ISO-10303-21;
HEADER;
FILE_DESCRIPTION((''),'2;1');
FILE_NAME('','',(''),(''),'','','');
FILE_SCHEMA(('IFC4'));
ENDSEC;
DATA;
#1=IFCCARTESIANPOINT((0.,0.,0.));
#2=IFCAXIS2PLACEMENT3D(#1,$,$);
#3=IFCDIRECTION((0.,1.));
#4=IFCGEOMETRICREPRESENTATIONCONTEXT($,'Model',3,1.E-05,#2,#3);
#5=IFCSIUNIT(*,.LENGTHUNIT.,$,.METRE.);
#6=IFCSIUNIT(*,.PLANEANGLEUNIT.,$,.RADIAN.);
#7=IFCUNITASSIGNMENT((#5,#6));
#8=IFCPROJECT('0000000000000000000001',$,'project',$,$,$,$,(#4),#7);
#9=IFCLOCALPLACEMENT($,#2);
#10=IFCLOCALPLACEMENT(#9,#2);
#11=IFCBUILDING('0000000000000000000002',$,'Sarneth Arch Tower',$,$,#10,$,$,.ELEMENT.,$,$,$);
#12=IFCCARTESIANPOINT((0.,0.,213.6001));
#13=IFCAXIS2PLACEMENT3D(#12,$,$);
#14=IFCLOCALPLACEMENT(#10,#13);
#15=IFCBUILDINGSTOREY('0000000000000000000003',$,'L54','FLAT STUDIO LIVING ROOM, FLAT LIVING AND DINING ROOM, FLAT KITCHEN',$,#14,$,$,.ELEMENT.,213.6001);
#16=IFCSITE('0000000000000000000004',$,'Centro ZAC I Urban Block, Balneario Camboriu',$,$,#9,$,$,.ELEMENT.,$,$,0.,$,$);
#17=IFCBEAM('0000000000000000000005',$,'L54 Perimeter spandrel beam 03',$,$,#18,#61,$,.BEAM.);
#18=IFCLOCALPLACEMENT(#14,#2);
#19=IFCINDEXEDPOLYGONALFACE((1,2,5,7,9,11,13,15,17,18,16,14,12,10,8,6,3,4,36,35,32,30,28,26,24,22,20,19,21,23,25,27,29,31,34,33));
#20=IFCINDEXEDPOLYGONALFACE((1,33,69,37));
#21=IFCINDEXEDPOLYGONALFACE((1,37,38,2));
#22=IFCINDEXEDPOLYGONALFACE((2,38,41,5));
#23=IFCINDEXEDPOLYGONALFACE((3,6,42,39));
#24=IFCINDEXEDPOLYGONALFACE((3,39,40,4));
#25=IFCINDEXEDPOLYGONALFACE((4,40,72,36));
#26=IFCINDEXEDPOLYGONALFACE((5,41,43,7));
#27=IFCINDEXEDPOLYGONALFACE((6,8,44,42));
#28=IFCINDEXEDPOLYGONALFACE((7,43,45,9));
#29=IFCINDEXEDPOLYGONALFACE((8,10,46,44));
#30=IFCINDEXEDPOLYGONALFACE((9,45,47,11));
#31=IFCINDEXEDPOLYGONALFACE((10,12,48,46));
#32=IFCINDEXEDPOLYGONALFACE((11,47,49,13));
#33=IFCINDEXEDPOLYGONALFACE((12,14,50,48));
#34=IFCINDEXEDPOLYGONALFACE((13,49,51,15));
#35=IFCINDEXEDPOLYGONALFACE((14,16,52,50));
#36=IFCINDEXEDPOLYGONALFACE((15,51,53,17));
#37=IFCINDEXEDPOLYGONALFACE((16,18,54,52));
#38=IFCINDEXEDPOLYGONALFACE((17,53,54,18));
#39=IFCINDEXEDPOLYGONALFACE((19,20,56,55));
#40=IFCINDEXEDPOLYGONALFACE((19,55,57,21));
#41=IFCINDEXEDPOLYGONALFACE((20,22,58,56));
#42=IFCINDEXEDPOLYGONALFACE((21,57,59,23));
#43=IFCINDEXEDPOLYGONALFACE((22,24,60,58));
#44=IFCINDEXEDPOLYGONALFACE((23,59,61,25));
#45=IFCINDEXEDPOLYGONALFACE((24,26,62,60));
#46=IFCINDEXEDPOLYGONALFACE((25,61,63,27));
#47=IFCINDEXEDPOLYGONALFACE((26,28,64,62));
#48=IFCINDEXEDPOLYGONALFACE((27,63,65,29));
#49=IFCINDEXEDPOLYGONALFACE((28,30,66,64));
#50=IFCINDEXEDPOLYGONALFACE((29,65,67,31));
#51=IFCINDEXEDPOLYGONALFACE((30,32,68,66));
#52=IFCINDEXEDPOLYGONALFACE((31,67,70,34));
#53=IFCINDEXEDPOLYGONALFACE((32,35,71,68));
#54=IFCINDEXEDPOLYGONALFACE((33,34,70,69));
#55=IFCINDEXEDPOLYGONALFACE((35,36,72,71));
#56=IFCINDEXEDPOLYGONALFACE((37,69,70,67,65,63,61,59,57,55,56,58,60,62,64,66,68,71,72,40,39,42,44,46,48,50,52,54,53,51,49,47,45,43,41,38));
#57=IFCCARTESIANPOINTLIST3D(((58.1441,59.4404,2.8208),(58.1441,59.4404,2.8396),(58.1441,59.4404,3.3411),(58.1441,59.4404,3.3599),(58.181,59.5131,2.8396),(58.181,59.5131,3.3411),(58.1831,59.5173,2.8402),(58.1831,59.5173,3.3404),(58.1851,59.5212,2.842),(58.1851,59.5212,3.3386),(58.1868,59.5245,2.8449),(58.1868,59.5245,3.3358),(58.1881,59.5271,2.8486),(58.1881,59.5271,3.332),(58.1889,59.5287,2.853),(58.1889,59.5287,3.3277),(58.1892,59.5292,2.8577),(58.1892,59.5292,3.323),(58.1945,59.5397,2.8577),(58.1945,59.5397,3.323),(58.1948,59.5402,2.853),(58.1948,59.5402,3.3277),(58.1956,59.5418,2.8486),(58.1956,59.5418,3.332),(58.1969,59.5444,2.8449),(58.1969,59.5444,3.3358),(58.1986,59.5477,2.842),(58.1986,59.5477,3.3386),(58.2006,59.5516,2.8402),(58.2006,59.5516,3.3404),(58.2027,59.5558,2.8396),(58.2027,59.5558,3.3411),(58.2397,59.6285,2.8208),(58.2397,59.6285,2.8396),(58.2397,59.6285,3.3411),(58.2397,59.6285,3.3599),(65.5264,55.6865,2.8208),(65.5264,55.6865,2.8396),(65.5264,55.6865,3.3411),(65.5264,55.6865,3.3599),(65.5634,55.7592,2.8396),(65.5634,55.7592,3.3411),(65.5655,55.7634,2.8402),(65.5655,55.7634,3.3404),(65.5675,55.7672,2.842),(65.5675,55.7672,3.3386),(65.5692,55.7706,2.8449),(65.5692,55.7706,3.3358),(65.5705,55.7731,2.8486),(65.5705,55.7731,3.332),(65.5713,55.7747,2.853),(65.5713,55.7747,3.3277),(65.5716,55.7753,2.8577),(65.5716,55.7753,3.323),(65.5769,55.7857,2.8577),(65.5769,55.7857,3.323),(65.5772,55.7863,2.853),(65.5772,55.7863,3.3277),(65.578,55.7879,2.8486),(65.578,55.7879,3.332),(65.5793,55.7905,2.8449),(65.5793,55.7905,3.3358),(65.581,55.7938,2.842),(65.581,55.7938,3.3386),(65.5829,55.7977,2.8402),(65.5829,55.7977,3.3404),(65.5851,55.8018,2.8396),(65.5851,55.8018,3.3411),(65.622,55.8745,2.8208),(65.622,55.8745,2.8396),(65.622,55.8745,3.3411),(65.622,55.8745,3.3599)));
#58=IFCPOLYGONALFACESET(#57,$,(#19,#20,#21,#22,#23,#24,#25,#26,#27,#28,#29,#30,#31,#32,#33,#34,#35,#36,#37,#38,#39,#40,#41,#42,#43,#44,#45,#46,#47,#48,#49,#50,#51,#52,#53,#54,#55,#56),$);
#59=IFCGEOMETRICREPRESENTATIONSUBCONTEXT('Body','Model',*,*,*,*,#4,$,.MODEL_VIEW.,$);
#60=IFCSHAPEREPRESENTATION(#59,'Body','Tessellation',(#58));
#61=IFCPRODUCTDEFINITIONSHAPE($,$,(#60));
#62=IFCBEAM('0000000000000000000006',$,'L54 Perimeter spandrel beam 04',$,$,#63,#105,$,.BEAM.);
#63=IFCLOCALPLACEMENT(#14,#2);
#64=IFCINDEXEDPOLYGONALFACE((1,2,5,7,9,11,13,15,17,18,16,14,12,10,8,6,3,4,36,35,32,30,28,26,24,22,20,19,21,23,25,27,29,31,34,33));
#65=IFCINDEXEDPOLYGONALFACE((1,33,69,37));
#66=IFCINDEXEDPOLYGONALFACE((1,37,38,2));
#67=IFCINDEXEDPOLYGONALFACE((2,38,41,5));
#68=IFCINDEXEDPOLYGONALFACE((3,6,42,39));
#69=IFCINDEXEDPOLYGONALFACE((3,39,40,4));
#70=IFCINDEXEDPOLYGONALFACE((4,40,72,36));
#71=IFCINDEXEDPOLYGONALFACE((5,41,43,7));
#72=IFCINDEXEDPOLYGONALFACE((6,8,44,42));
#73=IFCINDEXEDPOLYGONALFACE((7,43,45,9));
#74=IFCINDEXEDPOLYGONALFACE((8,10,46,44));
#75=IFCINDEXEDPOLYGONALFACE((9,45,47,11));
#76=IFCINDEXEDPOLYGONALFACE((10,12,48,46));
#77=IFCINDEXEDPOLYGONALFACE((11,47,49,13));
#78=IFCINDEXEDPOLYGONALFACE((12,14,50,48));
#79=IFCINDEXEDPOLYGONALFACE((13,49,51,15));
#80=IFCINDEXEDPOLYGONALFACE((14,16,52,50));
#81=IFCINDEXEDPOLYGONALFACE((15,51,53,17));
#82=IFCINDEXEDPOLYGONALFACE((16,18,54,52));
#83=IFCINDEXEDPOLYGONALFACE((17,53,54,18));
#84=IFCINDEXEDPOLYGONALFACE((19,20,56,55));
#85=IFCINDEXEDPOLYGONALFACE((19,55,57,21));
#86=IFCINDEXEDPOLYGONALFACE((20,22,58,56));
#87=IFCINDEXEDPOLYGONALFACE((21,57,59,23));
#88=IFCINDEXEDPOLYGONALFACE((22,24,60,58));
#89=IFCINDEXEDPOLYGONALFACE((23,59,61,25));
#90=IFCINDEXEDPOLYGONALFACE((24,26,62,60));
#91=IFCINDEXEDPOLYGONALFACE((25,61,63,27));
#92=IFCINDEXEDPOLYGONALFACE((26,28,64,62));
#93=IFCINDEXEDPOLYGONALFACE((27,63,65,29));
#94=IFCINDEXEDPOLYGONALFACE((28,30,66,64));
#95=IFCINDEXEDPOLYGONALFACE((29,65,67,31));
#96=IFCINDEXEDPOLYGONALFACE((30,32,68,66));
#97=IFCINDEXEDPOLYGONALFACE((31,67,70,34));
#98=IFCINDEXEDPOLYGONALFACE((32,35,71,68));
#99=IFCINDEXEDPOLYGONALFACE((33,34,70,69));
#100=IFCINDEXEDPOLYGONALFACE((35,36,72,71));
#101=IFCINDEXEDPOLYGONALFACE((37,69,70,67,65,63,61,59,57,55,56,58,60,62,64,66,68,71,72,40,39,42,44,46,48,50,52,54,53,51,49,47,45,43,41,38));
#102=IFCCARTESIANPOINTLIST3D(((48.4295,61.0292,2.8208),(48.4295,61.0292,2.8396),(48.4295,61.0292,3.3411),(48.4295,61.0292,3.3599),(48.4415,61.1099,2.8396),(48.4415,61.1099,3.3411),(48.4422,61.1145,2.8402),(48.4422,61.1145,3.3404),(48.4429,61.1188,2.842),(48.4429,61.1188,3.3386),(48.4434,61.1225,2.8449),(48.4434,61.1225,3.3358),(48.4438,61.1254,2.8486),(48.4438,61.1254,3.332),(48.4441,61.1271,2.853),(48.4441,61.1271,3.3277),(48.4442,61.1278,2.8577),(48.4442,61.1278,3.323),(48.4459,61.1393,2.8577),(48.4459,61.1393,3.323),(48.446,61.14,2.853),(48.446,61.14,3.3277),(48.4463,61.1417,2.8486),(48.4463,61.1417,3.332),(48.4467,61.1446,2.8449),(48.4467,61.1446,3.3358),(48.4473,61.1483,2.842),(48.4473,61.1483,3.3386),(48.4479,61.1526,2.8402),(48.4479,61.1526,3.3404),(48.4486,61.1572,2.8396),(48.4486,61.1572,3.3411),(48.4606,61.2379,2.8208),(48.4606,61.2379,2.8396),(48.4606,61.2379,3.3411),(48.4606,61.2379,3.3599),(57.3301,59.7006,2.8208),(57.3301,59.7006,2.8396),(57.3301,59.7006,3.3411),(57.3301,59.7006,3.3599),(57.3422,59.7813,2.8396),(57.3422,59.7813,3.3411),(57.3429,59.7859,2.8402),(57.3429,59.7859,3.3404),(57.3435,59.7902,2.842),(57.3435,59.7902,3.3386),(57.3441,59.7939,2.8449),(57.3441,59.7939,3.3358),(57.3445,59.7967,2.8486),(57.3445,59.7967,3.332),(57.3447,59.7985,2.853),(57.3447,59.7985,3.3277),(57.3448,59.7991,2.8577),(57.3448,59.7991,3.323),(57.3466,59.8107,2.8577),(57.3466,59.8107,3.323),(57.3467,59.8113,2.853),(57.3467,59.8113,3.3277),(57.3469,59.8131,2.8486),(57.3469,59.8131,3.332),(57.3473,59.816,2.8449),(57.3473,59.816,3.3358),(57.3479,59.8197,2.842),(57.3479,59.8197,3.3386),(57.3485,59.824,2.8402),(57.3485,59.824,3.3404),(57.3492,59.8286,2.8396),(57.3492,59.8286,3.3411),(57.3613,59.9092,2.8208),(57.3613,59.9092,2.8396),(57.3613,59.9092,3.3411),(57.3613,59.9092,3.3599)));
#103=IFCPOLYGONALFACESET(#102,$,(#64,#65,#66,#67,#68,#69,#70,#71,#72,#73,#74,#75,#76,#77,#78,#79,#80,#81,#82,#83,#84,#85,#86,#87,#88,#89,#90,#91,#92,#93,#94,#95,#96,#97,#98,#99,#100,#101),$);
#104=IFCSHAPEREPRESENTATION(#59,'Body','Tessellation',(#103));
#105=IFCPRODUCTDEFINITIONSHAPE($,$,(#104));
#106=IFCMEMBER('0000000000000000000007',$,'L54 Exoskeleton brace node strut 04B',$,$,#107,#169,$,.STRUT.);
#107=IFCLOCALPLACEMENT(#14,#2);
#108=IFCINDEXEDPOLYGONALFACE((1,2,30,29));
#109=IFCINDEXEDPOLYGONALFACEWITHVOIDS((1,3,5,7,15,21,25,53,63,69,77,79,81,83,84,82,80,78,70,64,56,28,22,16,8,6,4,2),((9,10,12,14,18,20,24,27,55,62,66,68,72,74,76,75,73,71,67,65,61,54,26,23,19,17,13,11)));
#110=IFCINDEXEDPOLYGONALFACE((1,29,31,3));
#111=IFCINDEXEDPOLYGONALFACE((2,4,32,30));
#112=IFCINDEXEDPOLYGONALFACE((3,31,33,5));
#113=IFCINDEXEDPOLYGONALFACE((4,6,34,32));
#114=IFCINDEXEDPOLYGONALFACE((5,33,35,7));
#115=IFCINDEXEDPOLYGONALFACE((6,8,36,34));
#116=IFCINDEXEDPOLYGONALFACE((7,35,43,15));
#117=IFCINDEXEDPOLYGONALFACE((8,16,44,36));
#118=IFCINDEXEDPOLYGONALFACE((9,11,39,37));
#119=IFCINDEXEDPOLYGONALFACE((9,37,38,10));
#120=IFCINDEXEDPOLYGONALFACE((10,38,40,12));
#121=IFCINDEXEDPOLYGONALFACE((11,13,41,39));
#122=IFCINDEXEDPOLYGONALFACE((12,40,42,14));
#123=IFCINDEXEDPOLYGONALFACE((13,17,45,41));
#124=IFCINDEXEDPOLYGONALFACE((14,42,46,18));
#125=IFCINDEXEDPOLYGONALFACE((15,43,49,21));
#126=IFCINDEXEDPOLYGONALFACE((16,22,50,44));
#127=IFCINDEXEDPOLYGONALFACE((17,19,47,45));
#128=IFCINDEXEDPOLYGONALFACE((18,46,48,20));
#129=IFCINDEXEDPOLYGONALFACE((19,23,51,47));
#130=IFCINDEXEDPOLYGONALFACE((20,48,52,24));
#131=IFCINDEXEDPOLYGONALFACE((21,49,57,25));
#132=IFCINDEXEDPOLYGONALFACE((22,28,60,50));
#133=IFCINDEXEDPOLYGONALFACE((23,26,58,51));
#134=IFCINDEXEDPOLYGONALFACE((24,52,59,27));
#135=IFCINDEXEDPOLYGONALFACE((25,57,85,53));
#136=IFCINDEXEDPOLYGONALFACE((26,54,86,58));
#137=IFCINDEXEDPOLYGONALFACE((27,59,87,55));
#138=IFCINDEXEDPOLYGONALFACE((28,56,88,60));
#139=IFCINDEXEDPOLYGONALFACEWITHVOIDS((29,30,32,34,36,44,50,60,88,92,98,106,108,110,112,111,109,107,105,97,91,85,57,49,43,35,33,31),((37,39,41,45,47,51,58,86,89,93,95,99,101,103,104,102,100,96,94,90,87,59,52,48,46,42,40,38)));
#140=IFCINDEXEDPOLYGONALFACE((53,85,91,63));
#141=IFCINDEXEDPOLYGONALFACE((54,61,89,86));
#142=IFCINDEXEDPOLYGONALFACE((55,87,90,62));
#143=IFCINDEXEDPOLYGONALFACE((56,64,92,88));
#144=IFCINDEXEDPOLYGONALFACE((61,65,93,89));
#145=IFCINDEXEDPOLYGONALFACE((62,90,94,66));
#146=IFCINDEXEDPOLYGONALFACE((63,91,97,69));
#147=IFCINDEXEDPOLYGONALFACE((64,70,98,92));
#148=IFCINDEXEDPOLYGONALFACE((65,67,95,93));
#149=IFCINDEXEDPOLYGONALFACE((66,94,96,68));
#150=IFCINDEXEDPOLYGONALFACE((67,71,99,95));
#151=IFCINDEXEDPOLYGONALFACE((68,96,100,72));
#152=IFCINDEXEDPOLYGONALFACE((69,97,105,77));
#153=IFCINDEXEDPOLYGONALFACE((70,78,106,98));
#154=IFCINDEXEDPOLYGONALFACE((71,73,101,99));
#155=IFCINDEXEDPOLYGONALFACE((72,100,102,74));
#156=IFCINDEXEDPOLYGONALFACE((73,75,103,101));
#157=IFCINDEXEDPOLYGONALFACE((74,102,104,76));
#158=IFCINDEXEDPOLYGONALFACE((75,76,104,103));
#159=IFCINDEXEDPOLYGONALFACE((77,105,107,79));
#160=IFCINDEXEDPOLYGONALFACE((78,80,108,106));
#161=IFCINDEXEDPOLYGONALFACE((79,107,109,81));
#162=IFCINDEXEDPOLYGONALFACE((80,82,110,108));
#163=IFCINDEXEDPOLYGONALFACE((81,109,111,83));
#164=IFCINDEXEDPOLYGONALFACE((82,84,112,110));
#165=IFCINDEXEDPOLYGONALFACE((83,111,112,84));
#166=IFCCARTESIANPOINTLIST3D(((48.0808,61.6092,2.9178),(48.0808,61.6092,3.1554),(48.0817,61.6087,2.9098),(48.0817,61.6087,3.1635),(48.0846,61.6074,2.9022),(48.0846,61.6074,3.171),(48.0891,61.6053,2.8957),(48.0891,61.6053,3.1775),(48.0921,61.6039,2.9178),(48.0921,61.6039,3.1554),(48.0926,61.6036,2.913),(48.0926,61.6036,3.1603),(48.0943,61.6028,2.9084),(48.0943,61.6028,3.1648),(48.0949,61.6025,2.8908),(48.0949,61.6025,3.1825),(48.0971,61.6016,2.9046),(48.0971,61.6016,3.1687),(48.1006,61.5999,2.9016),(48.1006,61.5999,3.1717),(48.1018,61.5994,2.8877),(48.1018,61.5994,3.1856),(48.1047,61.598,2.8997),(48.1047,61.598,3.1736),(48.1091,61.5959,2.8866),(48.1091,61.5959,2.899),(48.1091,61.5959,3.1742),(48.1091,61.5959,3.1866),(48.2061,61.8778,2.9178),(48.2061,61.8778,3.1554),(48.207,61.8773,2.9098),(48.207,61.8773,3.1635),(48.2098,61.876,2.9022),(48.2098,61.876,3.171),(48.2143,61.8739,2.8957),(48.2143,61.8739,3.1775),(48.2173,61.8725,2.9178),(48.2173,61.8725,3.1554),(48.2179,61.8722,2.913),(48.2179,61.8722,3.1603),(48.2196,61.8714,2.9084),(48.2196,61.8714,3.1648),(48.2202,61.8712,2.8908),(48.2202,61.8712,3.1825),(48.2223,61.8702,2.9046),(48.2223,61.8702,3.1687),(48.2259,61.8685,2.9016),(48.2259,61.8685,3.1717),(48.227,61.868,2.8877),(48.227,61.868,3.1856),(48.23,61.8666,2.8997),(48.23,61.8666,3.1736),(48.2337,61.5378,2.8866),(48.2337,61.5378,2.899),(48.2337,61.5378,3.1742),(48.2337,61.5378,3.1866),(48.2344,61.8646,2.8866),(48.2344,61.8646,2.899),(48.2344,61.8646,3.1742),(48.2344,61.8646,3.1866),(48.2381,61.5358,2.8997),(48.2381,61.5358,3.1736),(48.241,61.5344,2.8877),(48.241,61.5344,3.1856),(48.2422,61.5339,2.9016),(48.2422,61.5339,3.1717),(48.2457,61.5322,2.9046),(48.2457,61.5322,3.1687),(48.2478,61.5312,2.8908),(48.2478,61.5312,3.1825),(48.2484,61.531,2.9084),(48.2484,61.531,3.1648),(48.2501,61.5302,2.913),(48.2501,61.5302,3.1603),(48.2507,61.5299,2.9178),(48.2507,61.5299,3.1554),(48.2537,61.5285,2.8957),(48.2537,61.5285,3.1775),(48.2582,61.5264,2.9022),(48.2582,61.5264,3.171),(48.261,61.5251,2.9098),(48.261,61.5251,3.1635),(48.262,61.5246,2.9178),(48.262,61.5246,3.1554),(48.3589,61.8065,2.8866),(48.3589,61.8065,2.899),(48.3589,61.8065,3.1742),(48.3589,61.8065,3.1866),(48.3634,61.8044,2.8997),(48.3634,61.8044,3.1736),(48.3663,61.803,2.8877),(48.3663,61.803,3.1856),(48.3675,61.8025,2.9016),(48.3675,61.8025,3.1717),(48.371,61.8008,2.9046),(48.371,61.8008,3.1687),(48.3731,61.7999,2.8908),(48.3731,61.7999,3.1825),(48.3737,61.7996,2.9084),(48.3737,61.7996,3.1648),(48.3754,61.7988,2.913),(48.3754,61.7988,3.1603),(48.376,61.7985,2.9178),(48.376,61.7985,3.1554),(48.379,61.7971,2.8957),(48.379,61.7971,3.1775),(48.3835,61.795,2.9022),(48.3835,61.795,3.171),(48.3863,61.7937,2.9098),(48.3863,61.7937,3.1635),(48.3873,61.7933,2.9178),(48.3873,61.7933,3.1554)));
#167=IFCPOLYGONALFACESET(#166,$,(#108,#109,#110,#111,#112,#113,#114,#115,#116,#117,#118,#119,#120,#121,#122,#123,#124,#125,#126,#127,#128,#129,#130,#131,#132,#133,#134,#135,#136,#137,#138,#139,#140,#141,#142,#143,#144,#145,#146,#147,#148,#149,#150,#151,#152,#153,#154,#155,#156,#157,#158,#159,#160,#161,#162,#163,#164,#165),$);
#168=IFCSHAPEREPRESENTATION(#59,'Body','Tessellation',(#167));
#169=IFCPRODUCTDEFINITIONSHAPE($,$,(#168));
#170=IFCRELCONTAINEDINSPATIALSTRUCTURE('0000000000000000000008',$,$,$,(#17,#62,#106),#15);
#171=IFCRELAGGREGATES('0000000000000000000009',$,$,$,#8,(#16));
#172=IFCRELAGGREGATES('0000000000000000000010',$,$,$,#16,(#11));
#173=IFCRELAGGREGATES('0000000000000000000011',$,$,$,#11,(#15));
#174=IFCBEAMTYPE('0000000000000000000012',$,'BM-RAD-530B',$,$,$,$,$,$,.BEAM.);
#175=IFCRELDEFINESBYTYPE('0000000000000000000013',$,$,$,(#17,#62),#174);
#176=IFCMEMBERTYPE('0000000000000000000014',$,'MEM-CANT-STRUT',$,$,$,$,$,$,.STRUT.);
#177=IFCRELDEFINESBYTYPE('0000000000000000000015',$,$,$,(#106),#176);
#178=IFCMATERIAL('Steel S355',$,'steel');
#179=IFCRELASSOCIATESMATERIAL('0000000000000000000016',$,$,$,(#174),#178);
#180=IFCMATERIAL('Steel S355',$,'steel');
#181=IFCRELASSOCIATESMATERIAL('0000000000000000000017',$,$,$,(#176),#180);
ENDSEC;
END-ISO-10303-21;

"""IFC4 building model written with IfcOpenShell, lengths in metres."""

from ifc_helpers import new_model, si_unit, direction, frame, origin, origin_2d, place, context, subcontext, project, spatial, hollow_rectangle, i_section, extrude, material, material_profile, profile_set, type_object, element, save


model = new_model("IFC4")

# Units and contexts
model_context = context("Model", 3, precision=1e-05, world=origin(), true_north=direction((0.0, 1.0)))
body_context = subcontext(model_context, "Body", "Model", "MODEL_VIEW")
ifc_project = project(units=[si_unit("LENGTHUNIT", "METRE"), si_unit("PLANEANGLEUNIT", "RADIAN")], contexts=[model_context])

# Site, building, storey
site_placement = place(None, origin())
site = spatial("IfcSite", under=ifc_project, at=site_placement, Name="Centro ZAC I Urban Block, Balneario Camboriu", CompositionType="ELEMENT", RefElevation=0.0)
building_placement = place(site_placement, origin())
building = spatial("IfcBuilding", under=site, at=building_placement, Name="Sarneth Arch Tower", CompositionType="ELEMENT")
storey_placement = place(building_placement, frame((0.0, 0.0, 213.6001)))
storey = spatial("IfcBuildingStorey", under=building, at=storey_placement, Name="L54", Description="FLAT STUDIO LIVING ROOM, FLAT LIVING AND DINING ROOM, FLAT KITCHEN", CompositionType="ELEMENT", Elevation=213.6001)

# Beams
ifc_material_1 = material(Name="Steel S355", Category="steel")
ifc_material_profile_1 = material_profile(ifc_material_1, i_section(OverallWidth=0.2109, OverallDepth=0.5391, WebThickness=0.0117, FlangeThickness=0.0188, FilletRadius=0.0181, at=origin_2d()), Name="W530x109")
ifc_profile_set_1 = profile_set([ifc_material_profile_1], Name="Steel S355")
beam_type_1 = type_object("IfcBeamType", Name="BM-RAD-530B", PredefinedType="BEAM", material=ifc_profile_set_1)
beam_1_placement = place(storey_placement, frame((65.5742, 55.7805, 3.0903), z_axis=(-0.891376, 0.453264, 0.0), x_axis=(-0.453264, -0.891376, 0.0)))
element("IfcBeam", 1, at=beam_1_placement, inside=storey, type_object=beam_type_1, Name="L54 Perimeter spandrel beam 03", PredefinedType="BEAM", context=body_context, shape_type="SweptSolid", body=[
    extrude(i_section(OverallWidth=0.2109, OverallDepth=0.5391, WebThickness=0.0117, FlangeThickness=0.0188, FilletRadius=0.0181, at=origin_2d()), origin(), (0.0, 0.0, 1.0), 8.282),
])
beam_2_placement = place(storey_placement, frame((57.3457, 59.8049, 3.0903), z_axis=(-0.989042, 0.147636, 0.0), x_axis=(-0.147636, -0.989042, 0.0)))
element("IfcBeam", 2, at=beam_2_placement, inside=storey, type_object=beam_type_1, Name="L54 Perimeter spandrel beam 04", PredefinedType="BEAM", context=body_context, shape_type="SweptSolid", body=[
    extrude(i_section(OverallWidth=0.2109, OverallDepth=0.5391, WebThickness=0.0117, FlangeThickness=0.0188, FilletRadius=0.0181, at=origin_2d()), origin(), (0.0, 0.0, 1.0), 8.9993),
])

# Member
ifc_material_2 = material(Name="Steel S355", Category="steel")
ifc_material_profile_2 = material_profile(ifc_material_2, hollow_rectangle(XDim=0.2, YDim=0.3, WallThickness=0.0125, InnerFilletRadius=0.0188, OuterFilletRadius=0.0312, at=origin_2d()), Name="RHS300x200x12.5")
ifc_profile_set_2 = profile_set([ifc_material_profile_2], Name="Steel S355")
member_type_1 = type_object("IfcMemberType", Name="MEM-CANT-STRUT", PredefinedType="STRUT", material=ifc_profile_set_2)
member_1_placement = place(storey_placement, frame((48.1714, 61.5669, 3.0366), z_axis=(0.42266, 0.906288, 0.0), x_axis=(-0.906288, 0.42266, 0.0)))
element("IfcMember", 3, at=member_1_placement, inside=storey, type_object=member_type_1, Name="L54 Exoskeleton brace node strut 04B", PredefinedType="STRUT", context=body_context, shape_type="SweptSolid", body=[
    extrude(hollow_rectangle(XDim=0.2, YDim=0.3, WallThickness=0.0125, InnerFilletRadius=0.0188, OuterFilletRadius=0.0312, at=origin_2d()), origin(), (0.0, 0.0, 1.0), 0.2964),
])

save(model, "model.ifc")
